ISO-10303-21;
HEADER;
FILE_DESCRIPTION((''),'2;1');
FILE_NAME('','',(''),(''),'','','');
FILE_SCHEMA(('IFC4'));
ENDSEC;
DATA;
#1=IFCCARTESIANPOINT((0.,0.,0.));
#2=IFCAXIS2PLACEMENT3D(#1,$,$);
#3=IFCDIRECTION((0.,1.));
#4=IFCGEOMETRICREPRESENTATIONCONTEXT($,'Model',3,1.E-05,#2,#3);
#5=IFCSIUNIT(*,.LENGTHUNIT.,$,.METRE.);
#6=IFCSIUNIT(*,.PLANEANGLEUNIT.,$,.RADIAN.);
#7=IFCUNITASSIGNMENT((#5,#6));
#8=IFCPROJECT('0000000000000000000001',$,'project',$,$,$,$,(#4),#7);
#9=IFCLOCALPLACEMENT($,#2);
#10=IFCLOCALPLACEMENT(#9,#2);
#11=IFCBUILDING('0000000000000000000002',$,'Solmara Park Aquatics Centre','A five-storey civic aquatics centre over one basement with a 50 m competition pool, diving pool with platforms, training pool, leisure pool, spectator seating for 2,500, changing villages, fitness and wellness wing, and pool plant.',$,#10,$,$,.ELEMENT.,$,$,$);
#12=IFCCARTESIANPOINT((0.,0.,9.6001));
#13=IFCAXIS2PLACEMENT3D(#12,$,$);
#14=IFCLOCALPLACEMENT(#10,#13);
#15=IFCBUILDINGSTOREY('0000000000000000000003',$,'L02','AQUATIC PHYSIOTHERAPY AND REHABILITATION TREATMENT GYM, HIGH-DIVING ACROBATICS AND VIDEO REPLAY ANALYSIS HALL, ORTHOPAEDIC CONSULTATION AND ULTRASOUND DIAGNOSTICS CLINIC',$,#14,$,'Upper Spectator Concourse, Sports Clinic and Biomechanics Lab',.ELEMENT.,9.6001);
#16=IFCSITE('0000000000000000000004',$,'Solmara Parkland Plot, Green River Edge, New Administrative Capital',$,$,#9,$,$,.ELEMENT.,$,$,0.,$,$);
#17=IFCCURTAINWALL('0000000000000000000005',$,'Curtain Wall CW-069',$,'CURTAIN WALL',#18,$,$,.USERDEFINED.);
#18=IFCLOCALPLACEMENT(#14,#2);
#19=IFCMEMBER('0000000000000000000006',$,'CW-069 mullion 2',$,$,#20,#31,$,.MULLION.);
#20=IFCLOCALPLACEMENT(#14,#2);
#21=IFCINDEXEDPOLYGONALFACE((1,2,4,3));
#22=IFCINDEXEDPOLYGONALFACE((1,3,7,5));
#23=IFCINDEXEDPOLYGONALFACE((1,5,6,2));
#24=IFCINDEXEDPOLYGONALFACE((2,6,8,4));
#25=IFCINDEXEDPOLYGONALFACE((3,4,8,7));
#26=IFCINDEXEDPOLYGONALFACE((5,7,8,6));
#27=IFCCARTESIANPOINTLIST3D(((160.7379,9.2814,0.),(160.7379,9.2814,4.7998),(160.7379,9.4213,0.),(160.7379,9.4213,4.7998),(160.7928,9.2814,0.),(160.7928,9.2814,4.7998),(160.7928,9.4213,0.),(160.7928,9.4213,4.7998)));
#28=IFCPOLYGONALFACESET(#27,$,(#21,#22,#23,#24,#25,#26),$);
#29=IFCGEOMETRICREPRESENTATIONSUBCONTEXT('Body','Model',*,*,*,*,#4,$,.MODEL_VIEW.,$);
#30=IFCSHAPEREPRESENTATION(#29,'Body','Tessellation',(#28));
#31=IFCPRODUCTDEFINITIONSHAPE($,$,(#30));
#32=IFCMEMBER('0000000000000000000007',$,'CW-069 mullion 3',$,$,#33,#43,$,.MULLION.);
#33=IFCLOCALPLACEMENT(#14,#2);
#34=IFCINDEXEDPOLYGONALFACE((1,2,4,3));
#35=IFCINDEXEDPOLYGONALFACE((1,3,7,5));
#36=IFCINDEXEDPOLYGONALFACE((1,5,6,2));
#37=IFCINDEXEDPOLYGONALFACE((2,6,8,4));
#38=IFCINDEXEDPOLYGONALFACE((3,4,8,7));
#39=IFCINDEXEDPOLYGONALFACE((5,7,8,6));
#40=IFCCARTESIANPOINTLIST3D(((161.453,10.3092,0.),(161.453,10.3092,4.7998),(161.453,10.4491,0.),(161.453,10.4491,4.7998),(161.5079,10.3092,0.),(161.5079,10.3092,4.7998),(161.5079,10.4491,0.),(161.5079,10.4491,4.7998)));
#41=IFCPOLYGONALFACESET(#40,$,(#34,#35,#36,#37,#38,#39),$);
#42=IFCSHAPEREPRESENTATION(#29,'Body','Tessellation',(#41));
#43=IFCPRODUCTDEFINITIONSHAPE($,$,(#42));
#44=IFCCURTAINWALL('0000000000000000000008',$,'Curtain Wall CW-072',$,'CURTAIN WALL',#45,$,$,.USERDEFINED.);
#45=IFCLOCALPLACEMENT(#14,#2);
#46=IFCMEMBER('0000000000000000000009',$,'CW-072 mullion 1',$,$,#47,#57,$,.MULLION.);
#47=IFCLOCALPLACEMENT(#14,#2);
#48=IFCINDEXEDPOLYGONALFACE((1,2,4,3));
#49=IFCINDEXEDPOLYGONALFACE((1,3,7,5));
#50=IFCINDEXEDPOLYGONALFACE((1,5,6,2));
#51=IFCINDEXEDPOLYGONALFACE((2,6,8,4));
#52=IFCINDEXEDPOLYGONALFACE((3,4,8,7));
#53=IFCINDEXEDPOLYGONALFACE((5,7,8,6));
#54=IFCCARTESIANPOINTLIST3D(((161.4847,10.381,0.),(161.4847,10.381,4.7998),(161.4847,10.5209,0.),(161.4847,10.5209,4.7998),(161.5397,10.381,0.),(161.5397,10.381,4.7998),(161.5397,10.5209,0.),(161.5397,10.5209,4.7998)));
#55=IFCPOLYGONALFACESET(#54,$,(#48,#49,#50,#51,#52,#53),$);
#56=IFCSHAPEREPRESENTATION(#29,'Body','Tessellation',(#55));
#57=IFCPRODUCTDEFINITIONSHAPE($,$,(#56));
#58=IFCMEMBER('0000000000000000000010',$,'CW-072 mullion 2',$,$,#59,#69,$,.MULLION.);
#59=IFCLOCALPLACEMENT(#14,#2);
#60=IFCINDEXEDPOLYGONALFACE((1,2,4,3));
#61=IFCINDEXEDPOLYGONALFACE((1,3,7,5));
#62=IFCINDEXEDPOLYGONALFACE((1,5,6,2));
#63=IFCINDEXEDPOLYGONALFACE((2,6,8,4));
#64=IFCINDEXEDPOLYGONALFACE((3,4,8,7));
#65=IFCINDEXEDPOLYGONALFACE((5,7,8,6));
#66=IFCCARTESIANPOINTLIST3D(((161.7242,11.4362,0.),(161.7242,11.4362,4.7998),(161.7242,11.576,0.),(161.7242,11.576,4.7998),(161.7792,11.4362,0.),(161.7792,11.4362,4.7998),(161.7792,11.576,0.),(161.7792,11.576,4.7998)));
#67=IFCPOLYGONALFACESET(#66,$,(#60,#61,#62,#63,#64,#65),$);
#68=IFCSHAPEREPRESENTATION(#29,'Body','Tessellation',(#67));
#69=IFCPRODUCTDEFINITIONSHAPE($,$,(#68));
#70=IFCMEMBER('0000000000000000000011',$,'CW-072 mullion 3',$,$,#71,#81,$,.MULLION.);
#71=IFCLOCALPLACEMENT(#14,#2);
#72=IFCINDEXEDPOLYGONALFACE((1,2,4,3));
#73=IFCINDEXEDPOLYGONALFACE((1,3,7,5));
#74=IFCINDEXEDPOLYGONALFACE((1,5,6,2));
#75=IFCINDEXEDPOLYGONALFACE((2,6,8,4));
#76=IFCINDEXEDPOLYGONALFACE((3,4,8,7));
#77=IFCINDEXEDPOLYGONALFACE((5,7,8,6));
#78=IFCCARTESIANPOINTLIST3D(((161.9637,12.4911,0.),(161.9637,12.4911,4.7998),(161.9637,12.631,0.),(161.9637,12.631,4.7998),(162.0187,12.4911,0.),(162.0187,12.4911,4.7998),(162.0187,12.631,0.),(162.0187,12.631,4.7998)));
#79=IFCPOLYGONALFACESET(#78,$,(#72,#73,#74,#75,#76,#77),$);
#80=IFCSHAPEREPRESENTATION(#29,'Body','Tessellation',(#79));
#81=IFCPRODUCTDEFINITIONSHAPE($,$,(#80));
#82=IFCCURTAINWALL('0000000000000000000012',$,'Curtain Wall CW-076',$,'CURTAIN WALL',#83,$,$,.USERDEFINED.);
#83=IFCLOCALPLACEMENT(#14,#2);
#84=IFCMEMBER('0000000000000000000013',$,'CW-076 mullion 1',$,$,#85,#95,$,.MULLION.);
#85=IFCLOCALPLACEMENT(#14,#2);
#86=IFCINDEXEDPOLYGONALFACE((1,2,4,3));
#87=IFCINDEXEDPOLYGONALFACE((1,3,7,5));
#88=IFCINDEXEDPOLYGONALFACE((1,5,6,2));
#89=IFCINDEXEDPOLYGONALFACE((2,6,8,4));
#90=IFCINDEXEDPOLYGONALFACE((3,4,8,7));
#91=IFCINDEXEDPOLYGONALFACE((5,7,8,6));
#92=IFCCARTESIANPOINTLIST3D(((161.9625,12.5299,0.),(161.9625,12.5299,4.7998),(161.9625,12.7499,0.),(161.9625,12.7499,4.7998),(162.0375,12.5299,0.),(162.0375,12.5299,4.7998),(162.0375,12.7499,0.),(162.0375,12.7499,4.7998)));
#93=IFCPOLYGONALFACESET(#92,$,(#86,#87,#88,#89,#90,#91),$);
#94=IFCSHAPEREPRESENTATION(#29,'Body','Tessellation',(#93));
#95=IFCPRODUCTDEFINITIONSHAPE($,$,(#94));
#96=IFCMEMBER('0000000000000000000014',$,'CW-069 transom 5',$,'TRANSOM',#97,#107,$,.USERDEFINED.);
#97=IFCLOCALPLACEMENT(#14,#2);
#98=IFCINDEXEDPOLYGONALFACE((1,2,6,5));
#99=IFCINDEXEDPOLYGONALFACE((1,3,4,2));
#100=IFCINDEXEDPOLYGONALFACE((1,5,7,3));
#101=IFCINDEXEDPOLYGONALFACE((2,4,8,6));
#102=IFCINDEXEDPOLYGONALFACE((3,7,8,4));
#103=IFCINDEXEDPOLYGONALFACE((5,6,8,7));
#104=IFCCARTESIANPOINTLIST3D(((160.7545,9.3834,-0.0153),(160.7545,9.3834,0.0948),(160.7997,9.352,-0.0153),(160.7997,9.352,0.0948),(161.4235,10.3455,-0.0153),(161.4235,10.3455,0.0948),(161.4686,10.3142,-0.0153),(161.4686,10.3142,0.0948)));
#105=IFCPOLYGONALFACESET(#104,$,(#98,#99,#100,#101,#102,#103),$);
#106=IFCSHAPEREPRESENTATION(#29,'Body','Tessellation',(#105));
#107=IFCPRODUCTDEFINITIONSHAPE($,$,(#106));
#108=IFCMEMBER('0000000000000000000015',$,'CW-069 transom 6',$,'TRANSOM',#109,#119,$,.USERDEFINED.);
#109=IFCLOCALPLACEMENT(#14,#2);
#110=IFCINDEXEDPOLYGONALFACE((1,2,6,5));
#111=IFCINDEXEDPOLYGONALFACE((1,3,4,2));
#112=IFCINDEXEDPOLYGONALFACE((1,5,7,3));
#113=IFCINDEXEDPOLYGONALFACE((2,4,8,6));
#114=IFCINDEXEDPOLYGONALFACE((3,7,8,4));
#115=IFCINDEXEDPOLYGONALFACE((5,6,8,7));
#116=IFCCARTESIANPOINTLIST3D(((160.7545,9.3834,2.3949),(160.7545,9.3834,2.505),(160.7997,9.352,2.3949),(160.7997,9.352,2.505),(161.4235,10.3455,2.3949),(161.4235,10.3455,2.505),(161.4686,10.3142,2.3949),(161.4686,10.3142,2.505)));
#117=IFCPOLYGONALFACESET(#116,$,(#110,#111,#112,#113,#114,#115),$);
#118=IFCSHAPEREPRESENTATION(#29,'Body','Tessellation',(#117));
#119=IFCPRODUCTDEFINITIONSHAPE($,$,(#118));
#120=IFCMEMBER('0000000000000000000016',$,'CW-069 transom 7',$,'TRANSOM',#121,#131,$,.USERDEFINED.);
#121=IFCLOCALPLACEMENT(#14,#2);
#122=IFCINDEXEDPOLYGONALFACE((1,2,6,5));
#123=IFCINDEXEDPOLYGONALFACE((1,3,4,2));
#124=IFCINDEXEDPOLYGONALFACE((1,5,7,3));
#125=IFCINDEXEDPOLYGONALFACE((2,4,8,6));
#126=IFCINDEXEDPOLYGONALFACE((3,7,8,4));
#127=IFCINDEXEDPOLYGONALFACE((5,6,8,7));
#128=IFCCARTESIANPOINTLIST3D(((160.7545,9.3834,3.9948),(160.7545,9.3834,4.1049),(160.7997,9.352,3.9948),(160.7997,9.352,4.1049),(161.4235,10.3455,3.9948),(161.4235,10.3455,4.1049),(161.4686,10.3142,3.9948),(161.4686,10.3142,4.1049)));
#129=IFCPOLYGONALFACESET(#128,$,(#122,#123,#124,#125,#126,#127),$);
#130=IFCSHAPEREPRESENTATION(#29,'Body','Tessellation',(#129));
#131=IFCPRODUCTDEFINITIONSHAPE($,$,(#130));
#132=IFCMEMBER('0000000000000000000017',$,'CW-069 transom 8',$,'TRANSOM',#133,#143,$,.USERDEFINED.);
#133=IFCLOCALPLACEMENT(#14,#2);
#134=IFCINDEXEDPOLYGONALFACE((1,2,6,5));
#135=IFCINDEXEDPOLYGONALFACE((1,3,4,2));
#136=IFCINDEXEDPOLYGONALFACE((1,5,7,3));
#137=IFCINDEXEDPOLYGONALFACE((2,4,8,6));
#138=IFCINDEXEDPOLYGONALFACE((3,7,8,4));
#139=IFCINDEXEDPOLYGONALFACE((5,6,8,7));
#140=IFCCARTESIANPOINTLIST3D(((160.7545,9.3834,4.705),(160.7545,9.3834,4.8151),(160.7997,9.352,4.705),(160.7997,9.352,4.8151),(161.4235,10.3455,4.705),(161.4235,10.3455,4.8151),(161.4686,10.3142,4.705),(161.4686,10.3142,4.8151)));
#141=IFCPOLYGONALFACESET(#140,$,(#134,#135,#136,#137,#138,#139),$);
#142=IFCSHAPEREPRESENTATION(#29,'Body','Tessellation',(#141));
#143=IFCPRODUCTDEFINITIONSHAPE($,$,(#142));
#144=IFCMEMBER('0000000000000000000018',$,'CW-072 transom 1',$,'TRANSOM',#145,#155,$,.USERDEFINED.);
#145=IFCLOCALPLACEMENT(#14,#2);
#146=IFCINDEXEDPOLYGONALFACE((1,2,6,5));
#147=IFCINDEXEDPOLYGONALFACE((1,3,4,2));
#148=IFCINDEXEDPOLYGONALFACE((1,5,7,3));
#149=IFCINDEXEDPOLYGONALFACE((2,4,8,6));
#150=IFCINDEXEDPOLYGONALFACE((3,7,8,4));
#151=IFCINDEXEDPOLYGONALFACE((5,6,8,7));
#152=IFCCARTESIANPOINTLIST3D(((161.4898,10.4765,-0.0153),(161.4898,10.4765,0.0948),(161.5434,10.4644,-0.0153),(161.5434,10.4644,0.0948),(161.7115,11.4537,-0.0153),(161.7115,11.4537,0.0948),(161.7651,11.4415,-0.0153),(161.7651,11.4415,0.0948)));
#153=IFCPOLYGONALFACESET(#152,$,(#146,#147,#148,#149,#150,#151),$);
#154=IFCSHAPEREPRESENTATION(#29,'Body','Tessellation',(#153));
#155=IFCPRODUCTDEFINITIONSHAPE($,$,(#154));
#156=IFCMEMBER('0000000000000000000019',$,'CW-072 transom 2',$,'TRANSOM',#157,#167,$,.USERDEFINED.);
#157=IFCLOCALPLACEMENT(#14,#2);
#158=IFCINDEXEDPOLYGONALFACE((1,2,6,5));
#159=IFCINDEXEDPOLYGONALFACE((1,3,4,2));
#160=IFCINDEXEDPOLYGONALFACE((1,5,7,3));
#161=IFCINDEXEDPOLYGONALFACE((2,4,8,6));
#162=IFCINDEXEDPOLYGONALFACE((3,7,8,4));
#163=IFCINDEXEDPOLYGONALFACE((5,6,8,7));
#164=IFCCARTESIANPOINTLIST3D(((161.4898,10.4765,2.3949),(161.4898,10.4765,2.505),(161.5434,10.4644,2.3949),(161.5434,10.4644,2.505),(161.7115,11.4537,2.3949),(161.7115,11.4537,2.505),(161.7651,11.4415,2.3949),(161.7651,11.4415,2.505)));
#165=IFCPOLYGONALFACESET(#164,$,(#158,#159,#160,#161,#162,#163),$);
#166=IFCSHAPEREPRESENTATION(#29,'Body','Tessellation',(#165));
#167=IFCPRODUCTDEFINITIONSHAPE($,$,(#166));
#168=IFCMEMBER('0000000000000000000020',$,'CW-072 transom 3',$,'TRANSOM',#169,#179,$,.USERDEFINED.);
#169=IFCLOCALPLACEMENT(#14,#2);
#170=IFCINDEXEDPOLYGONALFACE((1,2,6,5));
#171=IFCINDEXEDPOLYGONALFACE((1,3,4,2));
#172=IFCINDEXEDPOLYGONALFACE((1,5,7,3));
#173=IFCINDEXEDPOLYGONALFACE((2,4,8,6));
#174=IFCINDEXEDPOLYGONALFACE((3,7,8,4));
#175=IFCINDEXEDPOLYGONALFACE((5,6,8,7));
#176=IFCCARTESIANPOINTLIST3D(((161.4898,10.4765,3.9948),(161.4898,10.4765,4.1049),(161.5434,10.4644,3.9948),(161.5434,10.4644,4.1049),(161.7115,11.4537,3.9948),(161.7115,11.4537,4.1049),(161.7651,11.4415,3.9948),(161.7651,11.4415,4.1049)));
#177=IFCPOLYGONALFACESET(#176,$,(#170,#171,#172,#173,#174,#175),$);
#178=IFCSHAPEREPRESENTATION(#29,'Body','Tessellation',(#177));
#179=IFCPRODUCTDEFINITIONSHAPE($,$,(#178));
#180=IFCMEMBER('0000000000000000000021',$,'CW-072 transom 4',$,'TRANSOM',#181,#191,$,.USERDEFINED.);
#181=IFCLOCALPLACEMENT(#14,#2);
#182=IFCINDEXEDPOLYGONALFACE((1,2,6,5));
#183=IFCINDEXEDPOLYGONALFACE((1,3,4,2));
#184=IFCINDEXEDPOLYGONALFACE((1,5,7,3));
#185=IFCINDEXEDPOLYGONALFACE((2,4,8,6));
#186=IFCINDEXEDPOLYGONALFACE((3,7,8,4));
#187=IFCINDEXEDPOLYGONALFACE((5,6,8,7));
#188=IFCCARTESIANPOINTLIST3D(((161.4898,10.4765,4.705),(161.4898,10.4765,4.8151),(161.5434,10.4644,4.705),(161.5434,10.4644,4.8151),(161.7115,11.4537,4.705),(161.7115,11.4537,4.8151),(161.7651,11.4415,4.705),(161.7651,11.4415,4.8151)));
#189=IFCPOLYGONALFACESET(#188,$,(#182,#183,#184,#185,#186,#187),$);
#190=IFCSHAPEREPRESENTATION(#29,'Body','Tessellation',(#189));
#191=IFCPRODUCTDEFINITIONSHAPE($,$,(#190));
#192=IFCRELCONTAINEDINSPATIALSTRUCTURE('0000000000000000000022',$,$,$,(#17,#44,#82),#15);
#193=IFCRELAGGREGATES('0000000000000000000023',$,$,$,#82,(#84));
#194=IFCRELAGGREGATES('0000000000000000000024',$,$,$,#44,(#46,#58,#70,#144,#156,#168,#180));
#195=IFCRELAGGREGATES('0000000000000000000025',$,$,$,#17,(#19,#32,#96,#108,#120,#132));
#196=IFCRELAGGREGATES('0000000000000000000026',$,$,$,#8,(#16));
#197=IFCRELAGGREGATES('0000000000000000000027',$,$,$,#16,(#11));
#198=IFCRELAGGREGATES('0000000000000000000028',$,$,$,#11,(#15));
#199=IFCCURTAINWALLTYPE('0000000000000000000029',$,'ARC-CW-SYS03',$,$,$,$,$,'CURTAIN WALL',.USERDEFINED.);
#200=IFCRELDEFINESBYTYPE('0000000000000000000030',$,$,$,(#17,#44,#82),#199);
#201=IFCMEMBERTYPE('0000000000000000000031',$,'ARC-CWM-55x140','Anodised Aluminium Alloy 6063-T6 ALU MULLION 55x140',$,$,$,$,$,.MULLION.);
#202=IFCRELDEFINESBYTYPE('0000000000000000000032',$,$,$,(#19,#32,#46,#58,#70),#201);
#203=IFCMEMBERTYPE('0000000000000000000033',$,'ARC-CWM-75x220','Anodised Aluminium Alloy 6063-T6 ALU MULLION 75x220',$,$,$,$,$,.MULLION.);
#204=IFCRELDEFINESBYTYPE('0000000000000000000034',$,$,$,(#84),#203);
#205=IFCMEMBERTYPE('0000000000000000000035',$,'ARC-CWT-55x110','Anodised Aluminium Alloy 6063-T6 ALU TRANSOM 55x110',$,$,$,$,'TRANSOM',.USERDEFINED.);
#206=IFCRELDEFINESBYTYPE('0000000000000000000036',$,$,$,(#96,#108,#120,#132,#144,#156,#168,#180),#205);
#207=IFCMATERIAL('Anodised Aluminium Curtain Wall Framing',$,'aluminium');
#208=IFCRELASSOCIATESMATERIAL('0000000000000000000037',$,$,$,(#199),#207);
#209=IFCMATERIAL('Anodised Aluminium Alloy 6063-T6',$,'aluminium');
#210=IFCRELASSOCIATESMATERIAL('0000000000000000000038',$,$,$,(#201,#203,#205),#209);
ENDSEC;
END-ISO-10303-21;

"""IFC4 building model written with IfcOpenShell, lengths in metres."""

from ifc_helpers import new_model, si_unit, direction, frame, origin, origin_2d, place, context, subcontext, project, spatial, rectangle, extrude, material, material_profile, profile_set, type_object, element, aggregate, save


model = new_model("IFC4")

# Units and contexts
model_context = context("Model", 3, precision=1e-05, world=origin(), true_north=direction((0.0, 1.0)))
body_context = subcontext(model_context, "Body", "Model", "MODEL_VIEW")
ifc_project = project(units=[si_unit("LENGTHUNIT", "METRE"), si_unit("PLANEANGLEUNIT", "RADIAN")], contexts=[model_context])

# Site, building, storey
site_placement = place(None, origin())
site = spatial("IfcSite", under=ifc_project, at=site_placement, Name="Solmara Parkland Plot, Green River Edge, New Administrative Capital", CompositionType="ELEMENT", RefElevation=0.0)
building_placement = place(site_placement, origin())
building = spatial("IfcBuilding", under=site, at=building_placement, Name="Solmara Park Aquatics Centre", Description="A five-storey civic aquatics centre over one basement with a 50 m competition pool, diving pool with platforms, training pool, leisure pool, spectator seating for 2,500, changing villages, fitness and wellness wing, and pool plant.", CompositionType="ELEMENT")
storey_placement = place(building_placement, frame((0.0, 0.0, 9.6001)))
storey = spatial("IfcBuildingStorey", under=building, at=storey_placement, Name="L02", Description="AQUATIC PHYSIOTHERAPY AND REHABILITATION TREATMENT GYM, HIGH-DIVING ACROBATICS AND VIDEO REPLAY ANALYSIS HALL, ORTHOPAEDIC CONSULTATION AND ULTRASOUND DIAGNOSTICS CLINIC", LongName="Upper Spectator Concourse, Sports Clinic and Biomechanics Lab", CompositionType="ELEMENT", Elevation=9.6001)

# Curtain walls, members
ifc_material_1 = material(Name="Anodised Aluminium Curtain Wall Framing", Category="aluminium")
curtain_wall_type = type_object("IfcCurtainWallType", Name="ARC-CW-SYS03", ElementType="CURTAIN WALL", PredefinedType="USERDEFINED", material=ifc_material_1)
curtain_wall_1_placement = place(storey_placement, origin())
curtain_wall_1 = element("IfcCurtainWall", 1, at=curtain_wall_1_placement, inside=storey, type_object=curtain_wall_type, Name="Curtain Wall CW-069", ObjectType="CURTAIN WALL", PredefinedType="USERDEFINED")
ifc_material_2 = material(Name="Anodised Aluminium Alloy 6063-T6", Category="aluminium")
ifc_material_profile_1 = material_profile(ifc_material_2, rectangle(XDim=0.0549, YDim=0.1399, at=origin_2d()), Name="ALU MULLION 55x140")
ifc_profile_set_1 = profile_set([ifc_material_profile_1], Name="Anodised Aluminium Alloy 6063-T6")
member_type_1 = type_object("IfcMemberType", Name="ARC-CWM-55x140", Description="Anodised Aluminium Alloy 6063-T6 ALU MULLION 55x140", PredefinedType="MULLION", material=ifc_profile_set_1)
member_1_placement = place(storey_placement, frame((160.7654, 9.3513, 0.0), z_axis=(0.0, 0.0, 1.0), x_axis=(1.0, 0.0, 0.0)))
member_1 = element("IfcMember", 2, at=member_1_placement, type_object=member_type_1, Name="CW-069 mullion 2", PredefinedType="MULLION", context=body_context, shape_type="SweptSolid", body=[
    extrude(rectangle(XDim=0.0549, YDim=0.1399, at=origin_2d()), origin(), (0.0, 0.0, 1.0), 4.7998),
])
member_2_placement = place(storey_placement, frame((161.4805, 10.3792, 0.0), z_axis=(0.0, 0.0, 1.0), x_axis=(1.0, 0.0, 0.0)))
member_2 = element("IfcMember", 3, at=member_2_placement, type_object=member_type_1, Name="CW-069 mullion 3", PredefinedType="MULLION", context=body_context, shape_type="SweptSolid", body=[
    extrude(rectangle(XDim=0.0549, YDim=0.1399, at=origin_2d()), origin(), (0.0, 0.0, 1.0), 4.7998),
])
curtain_wall_2_placement = place(storey_placement, origin())
curtain_wall_2 = element("IfcCurtainWall", 4, at=curtain_wall_2_placement, inside=storey, type_object=curtain_wall_type, Name="Curtain Wall CW-072", ObjectType="CURTAIN WALL", PredefinedType="USERDEFINED")
member_3_placement = place(storey_placement, frame((161.5122, 10.4509, 0.0), z_axis=(0.0, 0.0, 1.0), x_axis=(1.0, 0.0, 0.0)))
member_3 = element("IfcMember", 5, at=member_3_placement, type_object=member_type_1, Name="CW-072 mullion 1", PredefinedType="MULLION", context=body_context, shape_type="SweptSolid", body=[
    extrude(rectangle(XDim=0.0549, YDim=0.1399, at=origin_2d()), origin(), (0.0, 0.0, 1.0), 4.7998),
])
member_4_placement = place(storey_placement, frame((161.7517, 11.5061, 0.0), z_axis=(0.0, 0.0, 1.0), x_axis=(1.0, 0.0, 0.0)))
member_4 = element("IfcMember", 6, at=member_4_placement, type_object=member_type_1, Name="CW-072 mullion 2", PredefinedType="MULLION", context=body_context, shape_type="SweptSolid", body=[
    extrude(rectangle(XDim=0.0549, YDim=0.1399, at=origin_2d()), origin(), (0.0, 0.0, 1.0), 4.7998),
])
member_5_placement = place(storey_placement, frame((161.9912, 12.561, 0.0), z_axis=(0.0, 0.0, 1.0), x_axis=(1.0, 0.0, 0.0)))
member_5 = element("IfcMember", 7, at=member_5_placement, type_object=member_type_1, Name="CW-072 mullion 3", PredefinedType="MULLION", context=body_context, shape_type="SweptSolid", body=[
    extrude(rectangle(XDim=0.0549, YDim=0.1399, at=origin_2d()), origin(), (0.0, 0.0, 1.0), 4.7998),
])

# Curtain wall, member
curtain_wall_3_placement = place(storey_placement, origin())
curtain_wall_3 = element("IfcCurtainWall", 8, at=curtain_wall_3_placement, inside=storey, type_object=curtain_wall_type, Name="Curtain Wall CW-076", ObjectType="CURTAIN WALL", PredefinedType="USERDEFINED")
ifc_material_profile_2 = material_profile(ifc_material_2, rectangle(XDim=0.075, YDim=0.22, at=origin_2d()), Name="ALU MULLION 75x220")
ifc_profile_set_2 = profile_set([ifc_material_profile_2], Name="Anodised Aluminium Alloy 6063-T6")
member_type_2 = type_object("IfcMemberType", Name="ARC-CWM-75x220", Description="Anodised Aluminium Alloy 6063-T6 ALU MULLION 75x220", PredefinedType="MULLION", material=ifc_profile_set_2)
member_6_placement = place(storey_placement, frame((162.0, 12.6399, 0.0), z_axis=(0.0, 0.0, 1.0), x_axis=(1.0, 0.0, 0.0)))
member_6 = element("IfcMember", 9, at=member_6_placement, type_object=member_type_2, Name="CW-076 mullion 1", PredefinedType="MULLION", context=body_context, shape_type="SweptSolid", body=[
    extrude(rectangle(XDim=0.075, YDim=0.22, at=origin_2d()), origin(), (0.0, 0.0, 1.0), 4.7998),
])

# Members
ifc_material_profile_3 = material_profile(ifc_material_2, rectangle(XDim=0.0549, YDim=0.1101, at=origin_2d()), Name="ALU TRANSOM 55x110")
ifc_profile_set_3 = profile_set([ifc_material_profile_3], Name="Anodised Aluminium Alloy 6063-T6")
member_type_3 = type_object("IfcMemberType", Name="ARC-CWT-55x110", Description="Anodised Aluminium Alloy 6063-T6 ALU TRANSOM 55x110", ElementType="TRANSOM", PredefinedType="USERDEFINED", material=ifc_profile_set_3)
member_7_placement = place(storey_placement, frame((160.7771, 9.3677, 0.0398), z_axis=(0.570845, 0.821058, 0.0), x_axis=(-0.821058, 0.570845, 0.0)))
member_7 = element("IfcMember", 10, at=member_7_placement, type_object=member_type_3, Name="CW-069 transom 5", ObjectType="TRANSOM", PredefinedType="USERDEFINED", context=body_context, shape_type="SweptSolid", body=[
    extrude(rectangle(XDim=0.0549, YDim=0.1101, at=origin_2d()), origin(), (0.0, 0.0, 1.0), 1.1719),
])
member_8_placement = place(storey_placement, frame((160.7771, 9.3677, 2.45), z_axis=(0.570845, 0.821058, 0.0), x_axis=(-0.821058, 0.570845, 0.0)))
member_8 = element("IfcMember", 11, at=member_8_placement, type_object=member_type_3, Name="CW-069 transom 6", ObjectType="TRANSOM", PredefinedType="USERDEFINED", context=body_context, shape_type="SweptSolid", body=[
    extrude(rectangle(XDim=0.0549, YDim=0.1101, at=origin_2d()), origin(), (0.0, 0.0, 1.0), 1.1719),
])
member_9_placement = place(storey_placement, frame((160.7771, 9.3677, 4.0498), z_axis=(0.570845, 0.821058, 0.0), x_axis=(-0.821058, 0.570845, 0.0)))
member_9 = element("IfcMember", 12, at=member_9_placement, type_object=member_type_3, Name="CW-069 transom 7", ObjectType="TRANSOM", PredefinedType="USERDEFINED", context=body_context, shape_type="SweptSolid", body=[
    extrude(rectangle(XDim=0.0549, YDim=0.1101, at=origin_2d()), origin(), (0.0, 0.0, 1.0), 1.1719),
])
member_10_placement = place(storey_placement, frame((160.7771, 9.3677, 4.76), z_axis=(0.570845, 0.821058, 0.0), x_axis=(-0.821058, 0.570845, 0.0)))
member_10 = element("IfcMember", 13, at=member_10_placement, type_object=member_type_3, Name="CW-069 transom 8", ObjectType="TRANSOM", PredefinedType="USERDEFINED", context=body_context, shape_type="SweptSolid", body=[
    extrude(rectangle(XDim=0.0549, YDim=0.1101, at=origin_2d()), origin(), (0.0, 0.0, 1.0), 1.1719),
])
member_11_placement = place(storey_placement, frame((161.5166, 10.4705, 0.0398), z_axis=(0.221263, 0.975214, 0.0), x_axis=(-0.975214, 0.221263, 0.0)))
member_11 = element("IfcMember", 14, at=member_11_placement, type_object=member_type_3, Name="CW-072 transom 1", ObjectType="TRANSOM", PredefinedType="USERDEFINED", context=body_context, shape_type="SweptSolid", body=[
    extrude(rectangle(XDim=0.0549, YDim=0.1101, at=origin_2d()), origin(), (0.0, 0.0, 1.0), 1.002),
])
member_12_placement = place(storey_placement, frame((161.5166, 10.4705, 2.45), z_axis=(0.221263, 0.975214, 0.0), x_axis=(-0.975214, 0.221263, 0.0)))
member_12 = element("IfcMember", 15, at=member_12_placement, type_object=member_type_3, Name="CW-072 transom 2", ObjectType="TRANSOM", PredefinedType="USERDEFINED", context=body_context, shape_type="SweptSolid", body=[
    extrude(rectangle(XDim=0.0549, YDim=0.1101, at=origin_2d()), origin(), (0.0, 0.0, 1.0), 1.002),
])
member_13_placement = place(storey_placement, frame((161.5166, 10.4705, 4.0498), z_axis=(0.221263, 0.975214, 0.0), x_axis=(-0.975214, 0.221263, 0.0)))
member_13 = element("IfcMember", 16, at=member_13_placement, type_object=member_type_3, Name="CW-072 transom 3", ObjectType="TRANSOM", PredefinedType="USERDEFINED", context=body_context, shape_type="SweptSolid", body=[
    extrude(rectangle(XDim=0.0549, YDim=0.1101, at=origin_2d()), origin(), (0.0, 0.0, 1.0), 1.002),
])
member_14_placement = place(storey_placement, frame((161.5166, 10.4705, 4.76), z_axis=(0.221263, 0.975214, 0.0), x_axis=(-0.975214, 0.221263, 0.0)))
member_14 = element("IfcMember", 17, at=member_14_placement, type_object=member_type_3, Name="CW-072 transom 4", ObjectType="TRANSOM", PredefinedType="USERDEFINED", context=body_context, shape_type="SweptSolid", body=[
    extrude(rectangle(XDim=0.0549, YDim=0.1101, at=origin_2d()), origin(), (0.0, 0.0, 1.0), 1.002),
])
aggregate(curtain_wall_3, [member_6])

aggregate(curtain_wall_2, [member_3, member_4, member_5, member_11, member_12, member_13, member_14])
aggregate(curtain_wall_1, [member_1, member_2, member_7, member_8, member_9, member_10])

save(model, "model.ifc")
